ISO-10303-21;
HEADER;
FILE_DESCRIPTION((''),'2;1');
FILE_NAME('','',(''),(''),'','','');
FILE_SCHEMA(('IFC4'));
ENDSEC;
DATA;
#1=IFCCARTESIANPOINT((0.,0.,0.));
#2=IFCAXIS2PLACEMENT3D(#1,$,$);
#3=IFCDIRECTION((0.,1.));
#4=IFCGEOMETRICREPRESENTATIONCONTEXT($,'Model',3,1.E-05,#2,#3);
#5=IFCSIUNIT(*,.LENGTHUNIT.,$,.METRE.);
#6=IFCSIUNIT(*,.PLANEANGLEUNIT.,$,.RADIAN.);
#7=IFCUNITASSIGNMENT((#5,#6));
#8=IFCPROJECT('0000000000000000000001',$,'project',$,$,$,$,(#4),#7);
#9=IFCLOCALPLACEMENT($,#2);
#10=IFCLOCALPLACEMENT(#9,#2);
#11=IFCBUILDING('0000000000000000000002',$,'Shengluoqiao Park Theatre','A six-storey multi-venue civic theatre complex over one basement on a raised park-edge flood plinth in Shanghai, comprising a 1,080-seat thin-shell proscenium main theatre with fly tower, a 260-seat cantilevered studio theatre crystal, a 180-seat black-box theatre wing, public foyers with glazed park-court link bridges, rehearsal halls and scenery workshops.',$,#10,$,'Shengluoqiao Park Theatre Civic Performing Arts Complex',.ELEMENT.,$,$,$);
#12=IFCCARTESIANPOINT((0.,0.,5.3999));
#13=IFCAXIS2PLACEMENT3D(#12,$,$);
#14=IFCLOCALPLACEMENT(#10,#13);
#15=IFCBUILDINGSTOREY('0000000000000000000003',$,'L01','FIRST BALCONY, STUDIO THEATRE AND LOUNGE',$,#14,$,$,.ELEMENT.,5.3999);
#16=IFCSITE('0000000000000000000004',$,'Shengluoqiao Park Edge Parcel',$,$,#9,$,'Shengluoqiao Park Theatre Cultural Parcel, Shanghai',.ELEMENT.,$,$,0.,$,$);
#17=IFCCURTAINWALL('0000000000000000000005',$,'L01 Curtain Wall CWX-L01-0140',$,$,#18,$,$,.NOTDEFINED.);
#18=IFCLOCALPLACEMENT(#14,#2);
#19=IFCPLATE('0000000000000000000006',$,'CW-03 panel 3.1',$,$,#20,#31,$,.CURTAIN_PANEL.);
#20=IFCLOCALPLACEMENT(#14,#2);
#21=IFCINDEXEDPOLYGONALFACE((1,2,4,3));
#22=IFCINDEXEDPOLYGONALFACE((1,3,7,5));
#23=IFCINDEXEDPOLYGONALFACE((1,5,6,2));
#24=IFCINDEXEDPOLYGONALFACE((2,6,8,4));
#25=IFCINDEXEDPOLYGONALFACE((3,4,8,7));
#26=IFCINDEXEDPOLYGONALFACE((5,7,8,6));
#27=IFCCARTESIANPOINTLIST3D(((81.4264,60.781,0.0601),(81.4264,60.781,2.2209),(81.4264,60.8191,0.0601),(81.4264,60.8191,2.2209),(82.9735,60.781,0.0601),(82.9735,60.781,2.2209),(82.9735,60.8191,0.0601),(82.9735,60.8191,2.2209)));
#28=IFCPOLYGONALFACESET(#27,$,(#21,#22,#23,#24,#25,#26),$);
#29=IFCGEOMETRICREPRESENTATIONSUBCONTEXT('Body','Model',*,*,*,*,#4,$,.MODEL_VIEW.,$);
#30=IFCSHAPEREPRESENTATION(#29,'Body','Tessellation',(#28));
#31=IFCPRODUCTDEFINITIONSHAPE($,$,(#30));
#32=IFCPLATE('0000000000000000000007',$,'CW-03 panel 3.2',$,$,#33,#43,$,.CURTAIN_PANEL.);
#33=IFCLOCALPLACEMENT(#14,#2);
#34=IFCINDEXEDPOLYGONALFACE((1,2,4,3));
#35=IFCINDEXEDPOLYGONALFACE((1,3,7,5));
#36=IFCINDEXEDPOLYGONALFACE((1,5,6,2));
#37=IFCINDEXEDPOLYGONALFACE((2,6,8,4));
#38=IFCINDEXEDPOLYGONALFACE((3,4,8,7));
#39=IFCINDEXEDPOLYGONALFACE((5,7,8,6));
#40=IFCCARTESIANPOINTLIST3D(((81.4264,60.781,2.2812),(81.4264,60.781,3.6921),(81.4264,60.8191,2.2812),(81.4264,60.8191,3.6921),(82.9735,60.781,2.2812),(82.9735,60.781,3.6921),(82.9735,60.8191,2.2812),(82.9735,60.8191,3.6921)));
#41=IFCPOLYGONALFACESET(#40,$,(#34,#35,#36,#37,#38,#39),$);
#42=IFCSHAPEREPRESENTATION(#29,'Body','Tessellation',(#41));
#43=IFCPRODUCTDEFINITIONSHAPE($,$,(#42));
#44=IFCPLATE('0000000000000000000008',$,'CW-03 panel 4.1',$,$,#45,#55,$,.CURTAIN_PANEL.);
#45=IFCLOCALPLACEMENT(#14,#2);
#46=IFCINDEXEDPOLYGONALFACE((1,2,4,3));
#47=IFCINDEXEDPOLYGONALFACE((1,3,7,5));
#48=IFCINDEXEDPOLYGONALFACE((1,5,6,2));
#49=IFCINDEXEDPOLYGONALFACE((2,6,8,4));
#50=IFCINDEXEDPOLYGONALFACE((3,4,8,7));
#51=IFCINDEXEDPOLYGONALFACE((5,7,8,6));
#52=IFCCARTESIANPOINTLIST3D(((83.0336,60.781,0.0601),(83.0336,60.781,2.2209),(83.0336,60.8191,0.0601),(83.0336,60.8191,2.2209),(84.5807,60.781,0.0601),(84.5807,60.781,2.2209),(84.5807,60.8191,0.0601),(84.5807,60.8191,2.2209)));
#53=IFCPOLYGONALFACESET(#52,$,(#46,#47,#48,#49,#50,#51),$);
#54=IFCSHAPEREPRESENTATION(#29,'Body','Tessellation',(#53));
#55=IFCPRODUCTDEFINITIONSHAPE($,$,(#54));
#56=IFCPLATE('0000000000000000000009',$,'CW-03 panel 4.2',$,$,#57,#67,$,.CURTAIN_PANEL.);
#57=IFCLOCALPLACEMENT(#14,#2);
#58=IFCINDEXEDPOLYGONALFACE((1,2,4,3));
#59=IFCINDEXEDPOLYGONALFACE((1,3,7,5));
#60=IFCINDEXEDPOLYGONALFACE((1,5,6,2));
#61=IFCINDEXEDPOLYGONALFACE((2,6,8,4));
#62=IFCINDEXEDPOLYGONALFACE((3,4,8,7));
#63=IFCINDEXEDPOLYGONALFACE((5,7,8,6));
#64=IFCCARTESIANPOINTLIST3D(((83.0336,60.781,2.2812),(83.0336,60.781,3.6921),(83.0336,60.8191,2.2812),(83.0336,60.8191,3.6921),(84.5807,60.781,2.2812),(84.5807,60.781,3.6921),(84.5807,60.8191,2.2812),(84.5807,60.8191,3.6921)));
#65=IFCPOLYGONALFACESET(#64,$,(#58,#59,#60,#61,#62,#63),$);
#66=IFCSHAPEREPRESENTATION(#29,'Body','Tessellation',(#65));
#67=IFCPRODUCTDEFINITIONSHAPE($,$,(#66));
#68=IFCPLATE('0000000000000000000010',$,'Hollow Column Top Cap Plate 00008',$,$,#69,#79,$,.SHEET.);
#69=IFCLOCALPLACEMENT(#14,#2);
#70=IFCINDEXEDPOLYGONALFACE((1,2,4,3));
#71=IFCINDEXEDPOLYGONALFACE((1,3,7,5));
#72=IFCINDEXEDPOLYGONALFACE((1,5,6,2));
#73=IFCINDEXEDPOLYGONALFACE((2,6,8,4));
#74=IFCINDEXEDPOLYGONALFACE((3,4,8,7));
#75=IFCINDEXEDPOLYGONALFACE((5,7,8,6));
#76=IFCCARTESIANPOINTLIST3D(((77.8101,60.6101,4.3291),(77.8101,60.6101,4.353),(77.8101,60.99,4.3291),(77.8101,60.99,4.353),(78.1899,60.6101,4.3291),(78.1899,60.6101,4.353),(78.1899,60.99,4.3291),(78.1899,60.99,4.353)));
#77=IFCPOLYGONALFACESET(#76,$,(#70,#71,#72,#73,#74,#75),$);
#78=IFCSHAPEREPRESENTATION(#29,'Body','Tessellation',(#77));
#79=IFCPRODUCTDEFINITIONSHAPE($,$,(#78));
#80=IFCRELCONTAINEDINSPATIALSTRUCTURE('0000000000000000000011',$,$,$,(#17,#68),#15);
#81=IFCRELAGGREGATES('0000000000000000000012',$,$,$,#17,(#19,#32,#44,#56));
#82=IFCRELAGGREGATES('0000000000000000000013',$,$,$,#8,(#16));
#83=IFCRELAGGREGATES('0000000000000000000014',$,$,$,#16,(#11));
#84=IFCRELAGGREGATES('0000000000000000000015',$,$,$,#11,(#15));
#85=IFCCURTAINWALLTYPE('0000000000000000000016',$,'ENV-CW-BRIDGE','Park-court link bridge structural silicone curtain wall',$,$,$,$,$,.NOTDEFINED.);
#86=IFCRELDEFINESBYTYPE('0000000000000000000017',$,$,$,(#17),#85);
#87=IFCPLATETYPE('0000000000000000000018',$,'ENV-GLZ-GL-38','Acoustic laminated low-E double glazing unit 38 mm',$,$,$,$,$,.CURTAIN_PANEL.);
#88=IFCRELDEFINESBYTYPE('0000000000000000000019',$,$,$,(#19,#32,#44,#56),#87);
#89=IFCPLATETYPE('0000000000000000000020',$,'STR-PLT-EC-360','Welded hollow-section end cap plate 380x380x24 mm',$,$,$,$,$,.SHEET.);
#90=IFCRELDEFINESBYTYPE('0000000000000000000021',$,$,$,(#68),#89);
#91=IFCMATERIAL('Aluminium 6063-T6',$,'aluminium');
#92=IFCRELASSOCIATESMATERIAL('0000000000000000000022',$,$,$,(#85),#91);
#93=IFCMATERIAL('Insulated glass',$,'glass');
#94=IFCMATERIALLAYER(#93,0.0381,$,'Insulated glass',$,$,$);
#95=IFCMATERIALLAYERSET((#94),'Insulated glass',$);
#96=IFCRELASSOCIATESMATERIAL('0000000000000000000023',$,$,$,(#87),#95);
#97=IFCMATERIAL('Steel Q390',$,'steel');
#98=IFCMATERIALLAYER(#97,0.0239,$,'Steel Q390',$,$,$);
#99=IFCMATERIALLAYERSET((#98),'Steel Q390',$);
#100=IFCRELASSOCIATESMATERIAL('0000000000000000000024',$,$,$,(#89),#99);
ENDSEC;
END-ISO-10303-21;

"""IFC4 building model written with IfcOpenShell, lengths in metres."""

from ifc_helpers import new_model, si_unit, direction, frame, origin, origin_2d, place, context, subcontext, project, spatial, rectangle, extrude, material, layer, layer_set, type_object, element, aggregate, save


model = new_model("IFC4")

# Units and contexts
model_context = context("Model", 3, precision=1e-05, world=origin(), true_north=direction((0.0, 1.0)))
body_context = subcontext(model_context, "Body", "Model", "MODEL_VIEW")
ifc_project = project(units=[si_unit("LENGTHUNIT", "METRE"), si_unit("PLANEANGLEUNIT", "RADIAN")], contexts=[model_context])

# Site, building, storey
site_placement = place(None, origin())
site = spatial("IfcSite", under=ifc_project, at=site_placement, Name="Shengluoqiao Park Edge Parcel", LongName="Shengluoqiao Park Theatre Cultural Parcel, Shanghai", CompositionType="ELEMENT", RefElevation=0.0)
building_placement = place(site_placement, origin())
building = spatial("IfcBuilding", under=site, at=building_placement, Name="Shengluoqiao Park Theatre", Description="A six-storey multi-venue civic theatre complex over one basement on a raised park-edge flood plinth in Shanghai, comprising a 1,080-seat thin-shell proscenium main theatre with fly tower, a 260-seat cantilevered studio theatre crystal, a 180-seat black-box theatre wing, public foyers with glazed park-court link bridges, rehearsal halls and scenery workshops.", LongName="Shengluoqiao Park Theatre Civic Performing Arts Complex", CompositionType="ELEMENT")
storey_placement = place(building_placement, frame((0.0, 0.0, 5.3999)))
storey = spatial("IfcBuildingStorey", under=building, at=storey_placement, Name="L01", Description="FIRST BALCONY, STUDIO THEATRE AND LOUNGE", CompositionType="ELEMENT", Elevation=5.3999)

# Shared definitions
ifc_material_1 = material(Name="Aluminium 6063-T6", Category="aluminium")
curtain_wall_type = type_object("IfcCurtainWallType", Name="ENV-CW-BRIDGE", Description="Park-court link bridge structural silicone curtain wall", PredefinedType="NOTDEFINED", material=ifc_material_1)

# Curtain wall
curtain_wall_1_placement = place(storey_placement, origin())
curtain_wall_1 = element("IfcCurtainWall", 1, at=curtain_wall_1_placement, inside=storey, type_object=curtain_wall_type, Name="L01 Curtain Wall CWX-L01-0140", PredefinedType="NOTDEFINED")

# Plates
ifc_material_2 = material(Name="Insulated glass", Category="glass")
ifc_layer_1 = layer(ifc_material_2, 0.0381, Name="Insulated glass")
ifc_layer_set_1 = layer_set([ifc_layer_1], Name="Insulated glass")
plate_type_1 = type_object("IfcPlateType", Name="ENV-GLZ-GL-38", Description="Acoustic laminated low-E double glazing unit 38 mm", PredefinedType="CURTAIN_PANEL", material=ifc_layer_set_1)
plate_1_placement = place(storey_placement, frame((82.2, 60.8, 0.0601), z_axis=(0.0, 0.0, 1.0), x_axis=(1.0, 0.0, 0.0)))
plate_1 = element("IfcPlate", 2, at=plate_1_placement, type_object=plate_type_1, Name="CW-03 panel 3.1", PredefinedType="CURTAIN_PANEL", context=body_context, shape_type="SweptSolid", body=[
    extrude(rectangle(XDim=1.5471, YDim=0.0381, at=origin_2d()), origin(), (0.0, 0.0, 1.0), 2.1609),
])
plate_2_placement = place(storey_placement, frame((82.2, 60.8, 2.2812), z_axis=(0.0, 0.0, 1.0), x_axis=(1.0, 0.0, 0.0)))
plate_2 = element("IfcPlate", 3, at=plate_2_placement, type_object=plate_type_1, Name="CW-03 panel 3.2", PredefinedType="CURTAIN_PANEL", context=body_context, shape_type="SweptSolid", body=[
    extrude(rectangle(XDim=1.5471, YDim=0.0381, at=origin_2d()), origin(), (0.0, 0.0, 1.0), 1.4109),
])
plate_3_placement = place(storey_placement, frame((83.8071, 60.8, 0.0601), z_axis=(0.0, 0.0, 1.0), x_axis=(1.0, 0.0, 0.0)))
plate_3 = element("IfcPlate", 4, at=plate_3_placement, type_object=plate_type_1, Name="CW-03 panel 4.1", PredefinedType="CURTAIN_PANEL", context=body_context, shape_type="SweptSolid", body=[
    extrude(rectangle(XDim=1.5471, YDim=0.0381, at=origin_2d()), origin(), (0.0, 0.0, 1.0), 2.1609),
])
plate_4_placement = place(storey_placement, frame((83.8071, 60.8, 2.2812), z_axis=(0.0, 0.0, 1.0), x_axis=(1.0, 0.0, 0.0)))
plate_4 = element("IfcPlate", 5, at=plate_4_placement, type_object=plate_type_1, Name="CW-03 panel 4.2", PredefinedType="CURTAIN_PANEL", context=body_context, shape_type="SweptSolid", body=[
    extrude(rectangle(XDim=1.5471, YDim=0.0381, at=origin_2d()), origin(), (0.0, 0.0, 1.0), 1.4109),
])
aggregate(curtain_wall_1, [plate_1, plate_2, plate_3, plate_4])
ifc_material_3 = material(Name="Steel Q390", Category="steel")
ifc_layer_2 = layer(ifc_material_3, 0.0239, Name="Steel Q390")
ifc_layer_set_2 = layer_set([ifc_layer_2], Name="Steel Q390")
plate_type_2 = type_object("IfcPlateType", Name="STR-PLT-EC-360", Description="Welded hollow-section end cap plate 380x380x24 mm", PredefinedType="SHEET", material=ifc_layer_set_2)
plate_5_placement = place(storey_placement, frame((78.0, 60.8, 4.3291), z_axis=(0.0, 0.0, 1.0), x_axis=(1.0, 0.0, 0.0)))
element("IfcPlate", 6, at=plate_5_placement, inside=storey, type_object=plate_type_2, Name="Hollow Column Top Cap Plate 00008", PredefinedType="SHEET", context=body_context, shape_type="SweptSolid", body=[
    extrude(rectangle(XDim=0.3799, YDim=0.3799, at=origin_2d()), origin(), (0.0, 0.0, 1.0), 0.0239),
])

save(model, "model.ifc")
